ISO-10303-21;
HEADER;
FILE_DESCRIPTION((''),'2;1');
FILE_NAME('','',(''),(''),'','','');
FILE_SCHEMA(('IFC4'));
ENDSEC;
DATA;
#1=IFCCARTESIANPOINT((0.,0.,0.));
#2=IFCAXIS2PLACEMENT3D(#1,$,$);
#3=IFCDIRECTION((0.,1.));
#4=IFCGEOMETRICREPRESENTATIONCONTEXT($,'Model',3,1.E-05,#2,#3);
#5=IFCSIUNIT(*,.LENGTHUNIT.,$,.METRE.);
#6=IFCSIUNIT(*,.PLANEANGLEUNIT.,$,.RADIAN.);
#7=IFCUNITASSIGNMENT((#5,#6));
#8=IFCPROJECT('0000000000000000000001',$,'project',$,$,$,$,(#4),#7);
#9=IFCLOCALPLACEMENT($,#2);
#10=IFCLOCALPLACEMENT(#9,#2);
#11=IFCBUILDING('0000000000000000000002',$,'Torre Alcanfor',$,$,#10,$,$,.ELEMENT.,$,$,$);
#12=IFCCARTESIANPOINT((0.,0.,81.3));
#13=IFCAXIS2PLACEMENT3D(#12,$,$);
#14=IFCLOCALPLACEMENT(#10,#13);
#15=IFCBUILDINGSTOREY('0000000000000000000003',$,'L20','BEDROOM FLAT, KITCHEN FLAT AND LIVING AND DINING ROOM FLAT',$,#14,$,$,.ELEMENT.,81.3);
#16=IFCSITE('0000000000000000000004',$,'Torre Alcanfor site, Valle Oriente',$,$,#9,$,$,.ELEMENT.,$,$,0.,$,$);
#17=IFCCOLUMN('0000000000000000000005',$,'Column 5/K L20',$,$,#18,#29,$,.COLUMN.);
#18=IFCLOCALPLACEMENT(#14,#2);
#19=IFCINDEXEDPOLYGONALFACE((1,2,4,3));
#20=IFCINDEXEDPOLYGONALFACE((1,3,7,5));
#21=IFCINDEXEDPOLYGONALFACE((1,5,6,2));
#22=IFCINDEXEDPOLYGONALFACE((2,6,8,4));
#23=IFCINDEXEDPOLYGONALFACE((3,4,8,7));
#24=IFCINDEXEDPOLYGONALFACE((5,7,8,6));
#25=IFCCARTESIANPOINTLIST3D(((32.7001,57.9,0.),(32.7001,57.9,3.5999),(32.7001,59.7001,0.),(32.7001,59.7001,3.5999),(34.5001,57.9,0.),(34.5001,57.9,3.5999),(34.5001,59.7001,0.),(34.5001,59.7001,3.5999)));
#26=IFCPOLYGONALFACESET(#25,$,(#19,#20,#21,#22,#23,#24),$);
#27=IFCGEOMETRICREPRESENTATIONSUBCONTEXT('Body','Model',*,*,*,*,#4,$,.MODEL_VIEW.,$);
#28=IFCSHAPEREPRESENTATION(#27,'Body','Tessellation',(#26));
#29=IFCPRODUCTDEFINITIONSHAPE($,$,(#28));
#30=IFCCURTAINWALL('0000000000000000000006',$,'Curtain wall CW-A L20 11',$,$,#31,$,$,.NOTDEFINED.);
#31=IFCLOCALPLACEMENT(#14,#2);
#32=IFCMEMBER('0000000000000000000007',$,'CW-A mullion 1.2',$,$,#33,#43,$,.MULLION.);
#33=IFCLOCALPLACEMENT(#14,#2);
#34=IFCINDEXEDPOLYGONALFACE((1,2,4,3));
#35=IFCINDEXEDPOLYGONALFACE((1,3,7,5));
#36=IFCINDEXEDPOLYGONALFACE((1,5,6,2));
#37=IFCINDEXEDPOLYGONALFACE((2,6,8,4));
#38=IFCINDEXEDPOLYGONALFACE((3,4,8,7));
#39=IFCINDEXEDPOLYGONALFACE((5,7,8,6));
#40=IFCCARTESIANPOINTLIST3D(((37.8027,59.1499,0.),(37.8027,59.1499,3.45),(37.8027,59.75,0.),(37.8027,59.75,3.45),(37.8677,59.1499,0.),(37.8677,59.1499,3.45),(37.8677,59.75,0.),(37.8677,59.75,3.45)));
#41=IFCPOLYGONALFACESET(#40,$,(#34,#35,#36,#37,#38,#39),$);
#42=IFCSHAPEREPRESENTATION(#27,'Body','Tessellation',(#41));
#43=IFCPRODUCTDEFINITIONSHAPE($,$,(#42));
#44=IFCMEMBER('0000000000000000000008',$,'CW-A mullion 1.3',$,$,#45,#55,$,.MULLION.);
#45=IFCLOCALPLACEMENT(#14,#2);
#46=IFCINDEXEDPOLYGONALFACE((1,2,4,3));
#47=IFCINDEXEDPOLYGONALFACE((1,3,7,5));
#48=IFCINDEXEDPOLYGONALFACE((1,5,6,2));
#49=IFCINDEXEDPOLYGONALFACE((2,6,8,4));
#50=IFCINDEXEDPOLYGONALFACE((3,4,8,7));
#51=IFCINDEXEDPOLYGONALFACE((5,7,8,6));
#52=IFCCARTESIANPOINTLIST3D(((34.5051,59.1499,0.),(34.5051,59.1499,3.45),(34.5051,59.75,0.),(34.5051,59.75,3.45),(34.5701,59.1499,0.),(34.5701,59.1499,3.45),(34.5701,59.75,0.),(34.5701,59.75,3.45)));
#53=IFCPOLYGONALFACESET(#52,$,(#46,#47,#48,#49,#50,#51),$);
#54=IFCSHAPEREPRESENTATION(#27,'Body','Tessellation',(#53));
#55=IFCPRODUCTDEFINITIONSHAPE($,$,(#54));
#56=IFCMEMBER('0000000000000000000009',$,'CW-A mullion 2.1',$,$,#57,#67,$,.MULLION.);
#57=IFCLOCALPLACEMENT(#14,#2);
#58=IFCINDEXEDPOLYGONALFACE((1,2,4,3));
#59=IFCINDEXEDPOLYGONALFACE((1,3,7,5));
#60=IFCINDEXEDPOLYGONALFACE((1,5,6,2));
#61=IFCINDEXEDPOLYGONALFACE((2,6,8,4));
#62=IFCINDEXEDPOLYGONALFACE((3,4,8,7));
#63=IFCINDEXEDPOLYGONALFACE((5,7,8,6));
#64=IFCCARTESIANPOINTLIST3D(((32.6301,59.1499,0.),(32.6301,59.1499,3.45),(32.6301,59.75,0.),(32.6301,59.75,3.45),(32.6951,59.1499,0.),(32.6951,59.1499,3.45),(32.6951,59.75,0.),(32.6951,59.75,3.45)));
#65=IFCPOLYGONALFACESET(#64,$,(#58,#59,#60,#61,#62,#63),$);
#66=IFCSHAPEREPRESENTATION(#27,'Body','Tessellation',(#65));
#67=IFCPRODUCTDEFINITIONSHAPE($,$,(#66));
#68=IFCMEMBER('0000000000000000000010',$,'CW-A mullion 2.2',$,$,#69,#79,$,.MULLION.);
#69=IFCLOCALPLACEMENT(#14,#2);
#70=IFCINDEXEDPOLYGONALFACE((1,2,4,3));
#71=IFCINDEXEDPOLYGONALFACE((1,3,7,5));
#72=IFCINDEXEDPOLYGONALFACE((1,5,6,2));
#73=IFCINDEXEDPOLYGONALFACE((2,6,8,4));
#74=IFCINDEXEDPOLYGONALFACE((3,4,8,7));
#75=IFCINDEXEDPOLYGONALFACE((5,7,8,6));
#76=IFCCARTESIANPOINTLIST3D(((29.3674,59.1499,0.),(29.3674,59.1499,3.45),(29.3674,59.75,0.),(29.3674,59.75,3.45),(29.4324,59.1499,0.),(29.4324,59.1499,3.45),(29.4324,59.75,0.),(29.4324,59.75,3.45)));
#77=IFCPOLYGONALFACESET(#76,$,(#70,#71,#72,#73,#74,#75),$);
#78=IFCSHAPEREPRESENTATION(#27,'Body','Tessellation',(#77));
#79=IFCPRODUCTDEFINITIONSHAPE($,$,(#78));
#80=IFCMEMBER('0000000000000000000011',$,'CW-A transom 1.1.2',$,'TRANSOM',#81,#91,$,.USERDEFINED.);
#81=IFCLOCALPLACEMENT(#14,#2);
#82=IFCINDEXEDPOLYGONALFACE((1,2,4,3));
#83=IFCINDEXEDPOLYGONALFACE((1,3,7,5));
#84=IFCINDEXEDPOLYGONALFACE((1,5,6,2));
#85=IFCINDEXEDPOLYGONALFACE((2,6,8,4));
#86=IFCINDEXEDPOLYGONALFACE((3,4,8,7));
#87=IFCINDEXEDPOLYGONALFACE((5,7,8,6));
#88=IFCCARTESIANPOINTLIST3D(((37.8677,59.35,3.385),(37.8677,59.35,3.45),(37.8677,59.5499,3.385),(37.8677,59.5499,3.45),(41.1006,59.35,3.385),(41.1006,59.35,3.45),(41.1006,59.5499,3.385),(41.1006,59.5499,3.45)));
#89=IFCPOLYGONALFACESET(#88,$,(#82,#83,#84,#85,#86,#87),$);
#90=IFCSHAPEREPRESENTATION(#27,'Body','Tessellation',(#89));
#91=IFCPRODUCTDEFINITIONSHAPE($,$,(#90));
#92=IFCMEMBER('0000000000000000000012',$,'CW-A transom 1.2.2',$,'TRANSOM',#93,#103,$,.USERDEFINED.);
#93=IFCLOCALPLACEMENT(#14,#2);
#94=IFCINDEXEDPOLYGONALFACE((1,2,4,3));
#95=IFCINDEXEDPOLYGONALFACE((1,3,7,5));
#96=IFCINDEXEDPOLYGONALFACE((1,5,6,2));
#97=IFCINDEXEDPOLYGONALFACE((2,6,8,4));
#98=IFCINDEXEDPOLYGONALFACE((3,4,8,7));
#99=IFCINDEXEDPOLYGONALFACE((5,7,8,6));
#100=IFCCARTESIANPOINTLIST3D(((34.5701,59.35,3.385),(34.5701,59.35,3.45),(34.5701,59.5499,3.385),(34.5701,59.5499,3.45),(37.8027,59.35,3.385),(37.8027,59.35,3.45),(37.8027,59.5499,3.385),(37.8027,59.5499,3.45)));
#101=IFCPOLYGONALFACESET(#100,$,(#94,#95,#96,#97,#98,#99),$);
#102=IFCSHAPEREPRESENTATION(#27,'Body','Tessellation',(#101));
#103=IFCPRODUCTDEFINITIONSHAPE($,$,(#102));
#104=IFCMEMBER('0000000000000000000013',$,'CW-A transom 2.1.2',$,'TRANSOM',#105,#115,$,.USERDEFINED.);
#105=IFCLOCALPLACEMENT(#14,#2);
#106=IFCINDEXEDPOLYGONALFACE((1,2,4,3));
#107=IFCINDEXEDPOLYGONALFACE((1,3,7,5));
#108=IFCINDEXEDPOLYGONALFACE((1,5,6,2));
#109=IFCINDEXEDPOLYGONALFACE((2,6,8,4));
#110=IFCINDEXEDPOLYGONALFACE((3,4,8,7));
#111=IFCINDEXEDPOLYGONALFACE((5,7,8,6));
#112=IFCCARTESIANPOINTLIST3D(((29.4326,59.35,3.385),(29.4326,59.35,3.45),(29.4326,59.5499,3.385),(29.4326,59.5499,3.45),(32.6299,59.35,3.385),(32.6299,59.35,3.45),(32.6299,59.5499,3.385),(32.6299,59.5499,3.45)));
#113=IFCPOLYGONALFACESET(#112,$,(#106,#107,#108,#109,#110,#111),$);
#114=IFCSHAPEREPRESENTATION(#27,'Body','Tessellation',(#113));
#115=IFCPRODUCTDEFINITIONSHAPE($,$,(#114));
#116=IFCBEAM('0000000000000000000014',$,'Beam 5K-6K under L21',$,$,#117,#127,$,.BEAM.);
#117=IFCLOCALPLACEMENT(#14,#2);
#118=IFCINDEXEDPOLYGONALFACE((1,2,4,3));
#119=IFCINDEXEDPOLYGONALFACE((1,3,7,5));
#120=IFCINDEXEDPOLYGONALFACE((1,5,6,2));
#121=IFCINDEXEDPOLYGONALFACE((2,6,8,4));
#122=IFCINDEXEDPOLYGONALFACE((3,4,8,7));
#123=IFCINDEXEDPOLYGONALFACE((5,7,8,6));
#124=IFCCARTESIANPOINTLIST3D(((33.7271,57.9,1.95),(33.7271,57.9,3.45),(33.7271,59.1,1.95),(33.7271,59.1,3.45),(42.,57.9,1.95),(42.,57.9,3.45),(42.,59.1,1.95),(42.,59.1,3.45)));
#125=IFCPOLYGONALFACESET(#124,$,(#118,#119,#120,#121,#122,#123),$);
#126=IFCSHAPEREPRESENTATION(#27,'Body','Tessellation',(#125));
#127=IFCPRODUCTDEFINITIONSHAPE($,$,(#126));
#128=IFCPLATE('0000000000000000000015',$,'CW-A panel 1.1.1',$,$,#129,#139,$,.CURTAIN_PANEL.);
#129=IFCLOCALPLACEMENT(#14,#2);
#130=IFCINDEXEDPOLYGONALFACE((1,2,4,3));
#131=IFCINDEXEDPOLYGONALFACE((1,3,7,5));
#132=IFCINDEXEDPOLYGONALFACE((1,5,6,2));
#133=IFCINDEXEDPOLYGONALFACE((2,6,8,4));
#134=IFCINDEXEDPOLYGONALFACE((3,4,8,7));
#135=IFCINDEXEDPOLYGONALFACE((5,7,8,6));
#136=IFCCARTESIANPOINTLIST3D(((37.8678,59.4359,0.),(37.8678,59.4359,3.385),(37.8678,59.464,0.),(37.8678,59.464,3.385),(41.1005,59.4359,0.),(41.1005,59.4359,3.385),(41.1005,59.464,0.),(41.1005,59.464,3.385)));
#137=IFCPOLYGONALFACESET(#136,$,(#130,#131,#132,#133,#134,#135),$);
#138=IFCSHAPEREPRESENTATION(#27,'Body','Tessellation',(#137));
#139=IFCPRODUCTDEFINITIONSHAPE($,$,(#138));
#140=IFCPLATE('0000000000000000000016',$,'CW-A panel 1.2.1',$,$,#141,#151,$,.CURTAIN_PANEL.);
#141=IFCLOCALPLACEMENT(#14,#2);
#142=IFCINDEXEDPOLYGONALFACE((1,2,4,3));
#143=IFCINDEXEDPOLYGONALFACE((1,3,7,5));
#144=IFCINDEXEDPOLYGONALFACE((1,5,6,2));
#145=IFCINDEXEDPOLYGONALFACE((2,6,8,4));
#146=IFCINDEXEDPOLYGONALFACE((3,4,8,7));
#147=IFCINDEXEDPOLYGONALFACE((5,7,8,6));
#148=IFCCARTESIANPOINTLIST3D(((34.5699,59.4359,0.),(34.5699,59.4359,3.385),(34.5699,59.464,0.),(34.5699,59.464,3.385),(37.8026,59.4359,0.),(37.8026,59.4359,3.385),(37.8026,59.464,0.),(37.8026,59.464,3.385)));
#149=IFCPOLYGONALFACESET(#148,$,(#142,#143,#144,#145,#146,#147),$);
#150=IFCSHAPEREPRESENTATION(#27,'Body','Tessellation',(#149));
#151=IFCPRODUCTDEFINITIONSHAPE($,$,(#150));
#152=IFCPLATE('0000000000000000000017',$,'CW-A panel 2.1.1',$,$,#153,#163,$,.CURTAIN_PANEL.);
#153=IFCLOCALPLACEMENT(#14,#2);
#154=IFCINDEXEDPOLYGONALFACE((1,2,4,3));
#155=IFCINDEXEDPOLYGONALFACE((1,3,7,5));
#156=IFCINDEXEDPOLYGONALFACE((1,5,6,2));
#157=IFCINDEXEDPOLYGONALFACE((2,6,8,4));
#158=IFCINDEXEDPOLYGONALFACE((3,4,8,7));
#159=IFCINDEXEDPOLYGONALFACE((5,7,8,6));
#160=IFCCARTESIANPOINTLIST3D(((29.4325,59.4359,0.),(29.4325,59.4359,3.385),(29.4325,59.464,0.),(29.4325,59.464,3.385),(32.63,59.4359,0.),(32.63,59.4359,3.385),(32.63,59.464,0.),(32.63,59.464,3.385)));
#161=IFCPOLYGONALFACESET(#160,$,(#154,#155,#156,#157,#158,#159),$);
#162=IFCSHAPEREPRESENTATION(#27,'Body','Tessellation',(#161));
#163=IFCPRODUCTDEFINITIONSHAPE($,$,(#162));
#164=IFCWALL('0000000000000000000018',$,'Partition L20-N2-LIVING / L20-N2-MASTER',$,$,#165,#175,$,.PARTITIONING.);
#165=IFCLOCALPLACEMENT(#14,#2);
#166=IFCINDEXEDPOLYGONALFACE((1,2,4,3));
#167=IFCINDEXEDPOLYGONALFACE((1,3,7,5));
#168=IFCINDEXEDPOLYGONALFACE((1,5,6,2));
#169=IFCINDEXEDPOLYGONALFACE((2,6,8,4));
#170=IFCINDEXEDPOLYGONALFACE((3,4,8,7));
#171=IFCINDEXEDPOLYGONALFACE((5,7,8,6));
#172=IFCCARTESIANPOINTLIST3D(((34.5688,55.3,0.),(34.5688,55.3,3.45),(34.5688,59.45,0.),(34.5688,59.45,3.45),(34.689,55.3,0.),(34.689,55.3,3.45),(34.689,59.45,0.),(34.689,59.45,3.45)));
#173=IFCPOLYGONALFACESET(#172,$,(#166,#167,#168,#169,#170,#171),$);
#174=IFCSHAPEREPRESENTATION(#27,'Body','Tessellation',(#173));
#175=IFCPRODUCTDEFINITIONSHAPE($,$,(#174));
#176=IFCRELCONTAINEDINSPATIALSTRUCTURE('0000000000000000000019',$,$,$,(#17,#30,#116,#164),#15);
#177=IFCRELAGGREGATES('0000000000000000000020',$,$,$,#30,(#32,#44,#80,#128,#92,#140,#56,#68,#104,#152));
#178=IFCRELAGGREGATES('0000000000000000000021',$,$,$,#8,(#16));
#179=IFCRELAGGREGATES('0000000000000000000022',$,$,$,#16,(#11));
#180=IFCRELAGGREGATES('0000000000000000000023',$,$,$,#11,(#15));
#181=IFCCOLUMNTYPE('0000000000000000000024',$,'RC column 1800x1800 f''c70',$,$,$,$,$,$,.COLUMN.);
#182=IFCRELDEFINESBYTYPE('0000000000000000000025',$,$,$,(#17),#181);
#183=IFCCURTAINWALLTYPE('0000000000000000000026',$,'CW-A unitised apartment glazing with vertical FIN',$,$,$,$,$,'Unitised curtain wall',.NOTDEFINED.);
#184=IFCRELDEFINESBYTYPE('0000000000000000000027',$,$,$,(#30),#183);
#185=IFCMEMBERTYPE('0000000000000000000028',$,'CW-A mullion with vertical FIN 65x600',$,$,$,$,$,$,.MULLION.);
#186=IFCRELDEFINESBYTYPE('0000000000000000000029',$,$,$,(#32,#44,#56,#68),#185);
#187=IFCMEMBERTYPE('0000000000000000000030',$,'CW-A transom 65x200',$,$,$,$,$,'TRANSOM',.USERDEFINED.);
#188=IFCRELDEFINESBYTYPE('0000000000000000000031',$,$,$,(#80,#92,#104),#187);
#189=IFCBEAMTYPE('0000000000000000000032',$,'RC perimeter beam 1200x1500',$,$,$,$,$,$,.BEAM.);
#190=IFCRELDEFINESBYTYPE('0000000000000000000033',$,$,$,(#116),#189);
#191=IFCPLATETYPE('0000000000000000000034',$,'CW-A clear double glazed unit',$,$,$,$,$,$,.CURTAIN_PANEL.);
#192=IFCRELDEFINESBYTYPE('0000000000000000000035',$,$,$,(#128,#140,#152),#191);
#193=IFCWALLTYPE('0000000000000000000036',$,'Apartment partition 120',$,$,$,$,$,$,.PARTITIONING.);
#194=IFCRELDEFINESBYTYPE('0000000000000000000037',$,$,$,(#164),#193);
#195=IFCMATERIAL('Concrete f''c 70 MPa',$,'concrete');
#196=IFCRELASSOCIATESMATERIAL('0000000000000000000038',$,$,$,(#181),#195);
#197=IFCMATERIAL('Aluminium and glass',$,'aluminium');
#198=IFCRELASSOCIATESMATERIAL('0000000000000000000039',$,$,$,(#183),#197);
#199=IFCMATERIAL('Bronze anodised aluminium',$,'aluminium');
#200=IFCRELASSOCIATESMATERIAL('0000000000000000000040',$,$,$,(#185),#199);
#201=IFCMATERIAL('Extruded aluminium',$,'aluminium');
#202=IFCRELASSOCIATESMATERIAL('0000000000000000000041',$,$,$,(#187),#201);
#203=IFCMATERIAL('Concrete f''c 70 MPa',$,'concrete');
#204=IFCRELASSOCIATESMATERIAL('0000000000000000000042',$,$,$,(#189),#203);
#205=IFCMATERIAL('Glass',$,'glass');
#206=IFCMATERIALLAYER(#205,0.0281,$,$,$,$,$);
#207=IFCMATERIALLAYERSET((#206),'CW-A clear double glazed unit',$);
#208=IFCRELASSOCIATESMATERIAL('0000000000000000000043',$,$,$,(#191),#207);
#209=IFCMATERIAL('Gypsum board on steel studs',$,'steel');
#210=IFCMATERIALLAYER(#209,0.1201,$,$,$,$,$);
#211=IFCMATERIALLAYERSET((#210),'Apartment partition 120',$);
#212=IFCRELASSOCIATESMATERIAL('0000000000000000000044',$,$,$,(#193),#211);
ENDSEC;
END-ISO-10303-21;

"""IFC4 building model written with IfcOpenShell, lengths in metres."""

from ifc_helpers import new_model, si_unit, direction, frame, frame_2d, origin, origin_2d, place, context, subcontext, project, spatial, rectangle, extrude, material, layer, layer_set, material_profile, profile_set, type_object, element, aggregate, save


model = new_model("IFC4")

# Units and contexts
model_context = context("Model", 3, precision=1e-05, world=origin(), true_north=direction((0.0, 1.0)))
body_context = subcontext(model_context, "Body", "Model", "MODEL_VIEW")
ifc_project = project(units=[si_unit("LENGTHUNIT", "METRE"), si_unit("PLANEANGLEUNIT", "RADIAN")], contexts=[model_context])

# Site, building, storey
site_placement = place(None, origin())
site = spatial("IfcSite", under=ifc_project, at=site_placement, Name="Torre Alcanfor site, Valle Oriente", CompositionType="ELEMENT", RefElevation=0.0)
building_placement = place(site_placement, origin())
building = spatial("IfcBuilding", under=site, at=building_placement, Name="Torre Alcanfor", CompositionType="ELEMENT")
storey_placement = place(building_placement, frame((0.0, 0.0, 81.3)))
storey = spatial("IfcBuildingStorey", under=building, at=storey_placement, Name="L20", Description="BEDROOM FLAT, KITCHEN FLAT AND LIVING AND DINING ROOM FLAT", CompositionType="ELEMENT", Elevation=81.3)

# Column
ifc_material_1 = material(Name="Concrete f'c 70 MPa", Category="concrete")
ifc_material_profile_1 = material_profile(ifc_material_1, rectangle(XDim=1.8, YDim=1.8, at=origin_2d()), Name="1800x1800")
ifc_profile_set_1 = profile_set([ifc_material_profile_1], Name="Concrete f'c 70 MPa")
column_type = type_object("IfcColumnType", Name="RC column 1800x1800 f'c70", PredefinedType="COLUMN", material=ifc_profile_set_1)
column_placement = place(storey_placement, frame((33.6001, 58.8, 0.0), z_axis=(0.0, 0.0, 1.0), x_axis=(1.0, 0.0, 0.0)))
element("IfcColumn", 1, at=column_placement, inside=storey, type_object=column_type, Name="Column 5/K L20", PredefinedType="COLUMN", context=body_context, shape_type="SweptSolid", body=[
    extrude(rectangle(XDim=1.8, YDim=1.8, at=origin_2d()), origin(), (0.0, 0.0, 1.0), 3.5999),
])

# Curtain wall, members
ifc_material_2 = material(Name="Aluminium and glass", Category="aluminium")
curtain_wall_type = type_object("IfcCurtainWallType", Name="CW-A unitised apartment glazing with vertical FIN", ElementType="Unitised curtain wall", PredefinedType="NOTDEFINED", material=ifc_material_2)
curtain_wall_placement = place(storey_placement, origin())
curtain_wall = element("IfcCurtainWall", 2, at=curtain_wall_placement, inside=storey, type_object=curtain_wall_type, Name="Curtain wall CW-A L20 11", PredefinedType="NOTDEFINED")
ifc_material_3 = material(Name="Bronze anodised aluminium", Category="aluminium")
ifc_material_profile_2 = material_profile(ifc_material_3, rectangle(XDim=0.6001, YDim=0.0649, at=origin_2d()), Name="CW-A mullion 65x600")
ifc_profile_set_2 = profile_set([ifc_material_profile_2], Name="Bronze anodised aluminium")
member_type_1 = type_object("IfcMemberType", Name="CW-A mullion with vertical FIN 65x600", PredefinedType="MULLION", material=ifc_profile_set_2)
member_1_placement = place(storey_placement, frame((37.8352, 59.45, 0.0), z_axis=(0.0, 0.0, 1.0), x_axis=(0.0, -1.0, 0.0)))
member_1 = element("IfcMember", 3, at=member_1_placement, type_object=member_type_1, Name="CW-A mullion 1.2", PredefinedType="MULLION", context=body_context, shape_type="SweptSolid", body=[
    extrude(rectangle(XDim=0.6001, YDim=0.0649, at=origin_2d()), origin(), (0.0, 0.0, 1.0), 3.45),
])
member_2_placement = place(storey_placement, frame((34.5376, 59.45, 0.0), z_axis=(0.0, 0.0, 1.0), x_axis=(0.0, -1.0, 0.0)))
member_2 = element("IfcMember", 4, at=member_2_placement, type_object=member_type_1, Name="CW-A mullion 1.3", PredefinedType="MULLION", context=body_context, shape_type="SweptSolid", body=[
    extrude(rectangle(XDim=0.6001, YDim=0.0649, at=origin_2d()), origin(), (0.0, 0.0, 1.0), 3.45),
])
member_3_placement = place(storey_placement, frame((32.6626, 59.45, 0.0), z_axis=(0.0, 0.0, 1.0), x_axis=(0.0, -1.0, 0.0)))
member_3 = element("IfcMember", 5, at=member_3_placement, type_object=member_type_1, Name="CW-A mullion 2.1", PredefinedType="MULLION", context=body_context, shape_type="SweptSolid", body=[
    extrude(rectangle(XDim=0.6001, YDim=0.0649, at=origin_2d()), origin(), (0.0, 0.0, 1.0), 3.45),
])
member_4_placement = place(storey_placement, frame((29.3999, 59.45, 0.0), z_axis=(0.0, 0.0, 1.0), x_axis=(0.0, -1.0, 0.0)))
member_4 = element("IfcMember", 6, at=member_4_placement, type_object=member_type_1, Name="CW-A mullion 2.2", PredefinedType="MULLION", context=body_context, shape_type="SweptSolid", body=[
    extrude(rectangle(XDim=0.6001, YDim=0.0649, at=origin_2d()), origin(), (0.0, 0.0, 1.0), 3.45),
])
ifc_material_4 = material(Name="Extruded aluminium", Category="aluminium")
ifc_material_profile_3 = material_profile(ifc_material_4, rectangle(XDim=0.2, YDim=0.0649, at=origin_2d()), Name="CW-A transom 200x65")
ifc_profile_set_3 = profile_set([ifc_material_profile_3], Name="Extruded aluminium")
member_type_2 = type_object("IfcMemberType", Name="CW-A transom 65x200", ElementType="TRANSOM", PredefinedType="USERDEFINED", material=ifc_profile_set_3)
member_5_placement = place(storey_placement, frame((41.1006, 59.45, 3.4175), z_axis=(-1.0, 0.0, 0.0), x_axis=(0.0, -1.0, 0.0)))
member_5 = element("IfcMember", 7, at=member_5_placement, type_object=member_type_2, Name="CW-A transom 1.1.2", ObjectType="TRANSOM", PredefinedType="USERDEFINED", context=body_context, shape_type="SweptSolid", body=[
    extrude(rectangle(XDim=0.2, YDim=0.0649, at=origin_2d()), origin(), (0.0, 0.0, 1.0), 3.2329),
])
member_6_placement = place(storey_placement, frame((37.8027, 59.45, 3.4175), z_axis=(-1.0, 0.0, 0.0), x_axis=(0.0, -1.0, 0.0)))
member_6 = element("IfcMember", 8, at=member_6_placement, type_object=member_type_2, Name="CW-A transom 1.2.2", ObjectType="TRANSOM", PredefinedType="USERDEFINED", context=body_context, shape_type="SweptSolid", body=[
    extrude(rectangle(XDim=0.2, YDim=0.0649, at=origin_2d()), origin(), (0.0, 0.0, 1.0), 3.2327),
])
member_7_placement = place(storey_placement, frame((32.6299, 59.45, 3.4175), z_axis=(-1.0, 0.0, 0.0), x_axis=(0.0, -1.0, 0.0)))
member_7 = element("IfcMember", 9, at=member_7_placement, type_object=member_type_2, Name="CW-A transom 2.1.2", ObjectType="TRANSOM", PredefinedType="USERDEFINED", context=body_context, shape_type="SweptSolid", body=[
    extrude(rectangle(XDim=0.2, YDim=0.0649, at=origin_2d()), origin(), (0.0, 0.0, 1.0), 3.1973),
])

# Beam
ifc_material_5 = material(Name="Concrete f'c 70 MPa", Category="concrete")
ifc_material_profile_4 = material_profile(ifc_material_5, rectangle(XDim=1.2, YDim=1.5, at=origin_2d()), Name="1200x1500")
ifc_profile_set_4 = profile_set([ifc_material_profile_4], Name="Concrete f'c 70 MPa")
beam_type = type_object("IfcBeamType", Name="RC perimeter beam 1200x1500", PredefinedType="BEAM", material=ifc_profile_set_4)
beam_placement = place(storey_placement, frame((33.7271, 58.5, 2.7), z_axis=(1.0, 0.0, 0.0), x_axis=(0.0, 1.0, 0.0)))
element("IfcBeam", 10, at=beam_placement, inside=storey, type_object=beam_type, Name="Beam 5K-6K under L21", PredefinedType="BEAM", context=body_context, shape_type="SweptSolid", body=[
    extrude(rectangle(XDim=1.2, YDim=1.5, at=origin_2d()), origin(), (0.0, 0.0, 1.0), 8.2729),
])

# Plates
ifc_material_6 = material(Name="Glass", Category="glass")
ifc_layer_1 = layer(ifc_material_6, 0.0281)
ifc_layer_set_1 = layer_set([ifc_layer_1], Name="CW-A clear double glazed unit")
plate_type = type_object("IfcPlateType", Name="CW-A clear double glazed unit", PredefinedType="CURTAIN_PANEL", material=ifc_layer_set_1)
plate_1_placement = place(storey_placement, frame((39.4841, 59.45, 0.0), z_axis=(0.0, 0.0, 1.0), x_axis=(-1.0, 0.0, 0.0)))
plate_1 = element("IfcPlate", 11, at=plate_1_placement, type_object=plate_type, Name="CW-A panel 1.1.1", PredefinedType="CURTAIN_PANEL", context=body_context, shape_type="SweptSolid", body=[
    extrude(rectangle(XDim=3.2327, YDim=0.0281, at=origin_2d()), origin(), (0.0, 0.0, 1.0), 3.385),
])
plate_2_placement = place(storey_placement, frame((36.1863, 59.45, 0.0), z_axis=(0.0, 0.0, 1.0), x_axis=(-1.0, 0.0, 0.0)))
plate_2 = element("IfcPlate", 12, at=plate_2_placement, type_object=plate_type, Name="CW-A panel 1.2.1", PredefinedType="CURTAIN_PANEL", context=body_context, shape_type="SweptSolid", body=[
    extrude(rectangle(XDim=3.2327, YDim=0.0281, at=origin_2d()), origin(), (0.0, 0.0, 1.0), 3.385),
])
plate_3_placement = place(storey_placement, frame((31.0312, 59.45, 0.0), z_axis=(0.0, 0.0, 1.0), x_axis=(-1.0, 0.0, 0.0)))
plate_3 = element("IfcPlate", 13, at=plate_3_placement, type_object=plate_type, Name="CW-A panel 2.1.1", PredefinedType="CURTAIN_PANEL", context=body_context, shape_type="SweptSolid", body=[
    extrude(rectangle(XDim=3.1975, YDim=0.0281, at=origin_2d()), origin(), (0.0, 0.0, 1.0), 3.385),
])
aggregate(curtain_wall, [member_1, member_2, member_5, plate_1, member_6, plate_2, member_3, member_4, member_7, plate_3])

# Wall
ifc_material_7 = material(Name="Gypsum board on steel studs", Category="steel")
ifc_layer_2 = layer(ifc_material_7, 0.1201)
ifc_layer_set_2 = layer_set([ifc_layer_2], Name="Apartment partition 120")
wall_type_1 = type_object("IfcWallType", Name="Apartment partition 120", PredefinedType="PARTITIONING", material=ifc_layer_set_2)
wall_1_placement = place(storey_placement, frame((34.6289, 59.45, 0.0), z_axis=(0.0, 0.0, 1.0), x_axis=(0.0, -1.0, 0.0)))
element("IfcWall", 14, at=wall_1_placement, inside=storey, type_object=wall_type_1, Name="Partition L20-N2-LIVING / L20-N2-MASTER", PredefinedType="PARTITIONING", context=body_context, shape_type="SweptSolid", body=[
    extrude(rectangle(XDim=4.1499, YDim=0.1201, at=frame_2d((2.075, 0.0))), origin(), (0.0, 0.0, 1.0), 3.45),
])

save(model, "model.ifc")
